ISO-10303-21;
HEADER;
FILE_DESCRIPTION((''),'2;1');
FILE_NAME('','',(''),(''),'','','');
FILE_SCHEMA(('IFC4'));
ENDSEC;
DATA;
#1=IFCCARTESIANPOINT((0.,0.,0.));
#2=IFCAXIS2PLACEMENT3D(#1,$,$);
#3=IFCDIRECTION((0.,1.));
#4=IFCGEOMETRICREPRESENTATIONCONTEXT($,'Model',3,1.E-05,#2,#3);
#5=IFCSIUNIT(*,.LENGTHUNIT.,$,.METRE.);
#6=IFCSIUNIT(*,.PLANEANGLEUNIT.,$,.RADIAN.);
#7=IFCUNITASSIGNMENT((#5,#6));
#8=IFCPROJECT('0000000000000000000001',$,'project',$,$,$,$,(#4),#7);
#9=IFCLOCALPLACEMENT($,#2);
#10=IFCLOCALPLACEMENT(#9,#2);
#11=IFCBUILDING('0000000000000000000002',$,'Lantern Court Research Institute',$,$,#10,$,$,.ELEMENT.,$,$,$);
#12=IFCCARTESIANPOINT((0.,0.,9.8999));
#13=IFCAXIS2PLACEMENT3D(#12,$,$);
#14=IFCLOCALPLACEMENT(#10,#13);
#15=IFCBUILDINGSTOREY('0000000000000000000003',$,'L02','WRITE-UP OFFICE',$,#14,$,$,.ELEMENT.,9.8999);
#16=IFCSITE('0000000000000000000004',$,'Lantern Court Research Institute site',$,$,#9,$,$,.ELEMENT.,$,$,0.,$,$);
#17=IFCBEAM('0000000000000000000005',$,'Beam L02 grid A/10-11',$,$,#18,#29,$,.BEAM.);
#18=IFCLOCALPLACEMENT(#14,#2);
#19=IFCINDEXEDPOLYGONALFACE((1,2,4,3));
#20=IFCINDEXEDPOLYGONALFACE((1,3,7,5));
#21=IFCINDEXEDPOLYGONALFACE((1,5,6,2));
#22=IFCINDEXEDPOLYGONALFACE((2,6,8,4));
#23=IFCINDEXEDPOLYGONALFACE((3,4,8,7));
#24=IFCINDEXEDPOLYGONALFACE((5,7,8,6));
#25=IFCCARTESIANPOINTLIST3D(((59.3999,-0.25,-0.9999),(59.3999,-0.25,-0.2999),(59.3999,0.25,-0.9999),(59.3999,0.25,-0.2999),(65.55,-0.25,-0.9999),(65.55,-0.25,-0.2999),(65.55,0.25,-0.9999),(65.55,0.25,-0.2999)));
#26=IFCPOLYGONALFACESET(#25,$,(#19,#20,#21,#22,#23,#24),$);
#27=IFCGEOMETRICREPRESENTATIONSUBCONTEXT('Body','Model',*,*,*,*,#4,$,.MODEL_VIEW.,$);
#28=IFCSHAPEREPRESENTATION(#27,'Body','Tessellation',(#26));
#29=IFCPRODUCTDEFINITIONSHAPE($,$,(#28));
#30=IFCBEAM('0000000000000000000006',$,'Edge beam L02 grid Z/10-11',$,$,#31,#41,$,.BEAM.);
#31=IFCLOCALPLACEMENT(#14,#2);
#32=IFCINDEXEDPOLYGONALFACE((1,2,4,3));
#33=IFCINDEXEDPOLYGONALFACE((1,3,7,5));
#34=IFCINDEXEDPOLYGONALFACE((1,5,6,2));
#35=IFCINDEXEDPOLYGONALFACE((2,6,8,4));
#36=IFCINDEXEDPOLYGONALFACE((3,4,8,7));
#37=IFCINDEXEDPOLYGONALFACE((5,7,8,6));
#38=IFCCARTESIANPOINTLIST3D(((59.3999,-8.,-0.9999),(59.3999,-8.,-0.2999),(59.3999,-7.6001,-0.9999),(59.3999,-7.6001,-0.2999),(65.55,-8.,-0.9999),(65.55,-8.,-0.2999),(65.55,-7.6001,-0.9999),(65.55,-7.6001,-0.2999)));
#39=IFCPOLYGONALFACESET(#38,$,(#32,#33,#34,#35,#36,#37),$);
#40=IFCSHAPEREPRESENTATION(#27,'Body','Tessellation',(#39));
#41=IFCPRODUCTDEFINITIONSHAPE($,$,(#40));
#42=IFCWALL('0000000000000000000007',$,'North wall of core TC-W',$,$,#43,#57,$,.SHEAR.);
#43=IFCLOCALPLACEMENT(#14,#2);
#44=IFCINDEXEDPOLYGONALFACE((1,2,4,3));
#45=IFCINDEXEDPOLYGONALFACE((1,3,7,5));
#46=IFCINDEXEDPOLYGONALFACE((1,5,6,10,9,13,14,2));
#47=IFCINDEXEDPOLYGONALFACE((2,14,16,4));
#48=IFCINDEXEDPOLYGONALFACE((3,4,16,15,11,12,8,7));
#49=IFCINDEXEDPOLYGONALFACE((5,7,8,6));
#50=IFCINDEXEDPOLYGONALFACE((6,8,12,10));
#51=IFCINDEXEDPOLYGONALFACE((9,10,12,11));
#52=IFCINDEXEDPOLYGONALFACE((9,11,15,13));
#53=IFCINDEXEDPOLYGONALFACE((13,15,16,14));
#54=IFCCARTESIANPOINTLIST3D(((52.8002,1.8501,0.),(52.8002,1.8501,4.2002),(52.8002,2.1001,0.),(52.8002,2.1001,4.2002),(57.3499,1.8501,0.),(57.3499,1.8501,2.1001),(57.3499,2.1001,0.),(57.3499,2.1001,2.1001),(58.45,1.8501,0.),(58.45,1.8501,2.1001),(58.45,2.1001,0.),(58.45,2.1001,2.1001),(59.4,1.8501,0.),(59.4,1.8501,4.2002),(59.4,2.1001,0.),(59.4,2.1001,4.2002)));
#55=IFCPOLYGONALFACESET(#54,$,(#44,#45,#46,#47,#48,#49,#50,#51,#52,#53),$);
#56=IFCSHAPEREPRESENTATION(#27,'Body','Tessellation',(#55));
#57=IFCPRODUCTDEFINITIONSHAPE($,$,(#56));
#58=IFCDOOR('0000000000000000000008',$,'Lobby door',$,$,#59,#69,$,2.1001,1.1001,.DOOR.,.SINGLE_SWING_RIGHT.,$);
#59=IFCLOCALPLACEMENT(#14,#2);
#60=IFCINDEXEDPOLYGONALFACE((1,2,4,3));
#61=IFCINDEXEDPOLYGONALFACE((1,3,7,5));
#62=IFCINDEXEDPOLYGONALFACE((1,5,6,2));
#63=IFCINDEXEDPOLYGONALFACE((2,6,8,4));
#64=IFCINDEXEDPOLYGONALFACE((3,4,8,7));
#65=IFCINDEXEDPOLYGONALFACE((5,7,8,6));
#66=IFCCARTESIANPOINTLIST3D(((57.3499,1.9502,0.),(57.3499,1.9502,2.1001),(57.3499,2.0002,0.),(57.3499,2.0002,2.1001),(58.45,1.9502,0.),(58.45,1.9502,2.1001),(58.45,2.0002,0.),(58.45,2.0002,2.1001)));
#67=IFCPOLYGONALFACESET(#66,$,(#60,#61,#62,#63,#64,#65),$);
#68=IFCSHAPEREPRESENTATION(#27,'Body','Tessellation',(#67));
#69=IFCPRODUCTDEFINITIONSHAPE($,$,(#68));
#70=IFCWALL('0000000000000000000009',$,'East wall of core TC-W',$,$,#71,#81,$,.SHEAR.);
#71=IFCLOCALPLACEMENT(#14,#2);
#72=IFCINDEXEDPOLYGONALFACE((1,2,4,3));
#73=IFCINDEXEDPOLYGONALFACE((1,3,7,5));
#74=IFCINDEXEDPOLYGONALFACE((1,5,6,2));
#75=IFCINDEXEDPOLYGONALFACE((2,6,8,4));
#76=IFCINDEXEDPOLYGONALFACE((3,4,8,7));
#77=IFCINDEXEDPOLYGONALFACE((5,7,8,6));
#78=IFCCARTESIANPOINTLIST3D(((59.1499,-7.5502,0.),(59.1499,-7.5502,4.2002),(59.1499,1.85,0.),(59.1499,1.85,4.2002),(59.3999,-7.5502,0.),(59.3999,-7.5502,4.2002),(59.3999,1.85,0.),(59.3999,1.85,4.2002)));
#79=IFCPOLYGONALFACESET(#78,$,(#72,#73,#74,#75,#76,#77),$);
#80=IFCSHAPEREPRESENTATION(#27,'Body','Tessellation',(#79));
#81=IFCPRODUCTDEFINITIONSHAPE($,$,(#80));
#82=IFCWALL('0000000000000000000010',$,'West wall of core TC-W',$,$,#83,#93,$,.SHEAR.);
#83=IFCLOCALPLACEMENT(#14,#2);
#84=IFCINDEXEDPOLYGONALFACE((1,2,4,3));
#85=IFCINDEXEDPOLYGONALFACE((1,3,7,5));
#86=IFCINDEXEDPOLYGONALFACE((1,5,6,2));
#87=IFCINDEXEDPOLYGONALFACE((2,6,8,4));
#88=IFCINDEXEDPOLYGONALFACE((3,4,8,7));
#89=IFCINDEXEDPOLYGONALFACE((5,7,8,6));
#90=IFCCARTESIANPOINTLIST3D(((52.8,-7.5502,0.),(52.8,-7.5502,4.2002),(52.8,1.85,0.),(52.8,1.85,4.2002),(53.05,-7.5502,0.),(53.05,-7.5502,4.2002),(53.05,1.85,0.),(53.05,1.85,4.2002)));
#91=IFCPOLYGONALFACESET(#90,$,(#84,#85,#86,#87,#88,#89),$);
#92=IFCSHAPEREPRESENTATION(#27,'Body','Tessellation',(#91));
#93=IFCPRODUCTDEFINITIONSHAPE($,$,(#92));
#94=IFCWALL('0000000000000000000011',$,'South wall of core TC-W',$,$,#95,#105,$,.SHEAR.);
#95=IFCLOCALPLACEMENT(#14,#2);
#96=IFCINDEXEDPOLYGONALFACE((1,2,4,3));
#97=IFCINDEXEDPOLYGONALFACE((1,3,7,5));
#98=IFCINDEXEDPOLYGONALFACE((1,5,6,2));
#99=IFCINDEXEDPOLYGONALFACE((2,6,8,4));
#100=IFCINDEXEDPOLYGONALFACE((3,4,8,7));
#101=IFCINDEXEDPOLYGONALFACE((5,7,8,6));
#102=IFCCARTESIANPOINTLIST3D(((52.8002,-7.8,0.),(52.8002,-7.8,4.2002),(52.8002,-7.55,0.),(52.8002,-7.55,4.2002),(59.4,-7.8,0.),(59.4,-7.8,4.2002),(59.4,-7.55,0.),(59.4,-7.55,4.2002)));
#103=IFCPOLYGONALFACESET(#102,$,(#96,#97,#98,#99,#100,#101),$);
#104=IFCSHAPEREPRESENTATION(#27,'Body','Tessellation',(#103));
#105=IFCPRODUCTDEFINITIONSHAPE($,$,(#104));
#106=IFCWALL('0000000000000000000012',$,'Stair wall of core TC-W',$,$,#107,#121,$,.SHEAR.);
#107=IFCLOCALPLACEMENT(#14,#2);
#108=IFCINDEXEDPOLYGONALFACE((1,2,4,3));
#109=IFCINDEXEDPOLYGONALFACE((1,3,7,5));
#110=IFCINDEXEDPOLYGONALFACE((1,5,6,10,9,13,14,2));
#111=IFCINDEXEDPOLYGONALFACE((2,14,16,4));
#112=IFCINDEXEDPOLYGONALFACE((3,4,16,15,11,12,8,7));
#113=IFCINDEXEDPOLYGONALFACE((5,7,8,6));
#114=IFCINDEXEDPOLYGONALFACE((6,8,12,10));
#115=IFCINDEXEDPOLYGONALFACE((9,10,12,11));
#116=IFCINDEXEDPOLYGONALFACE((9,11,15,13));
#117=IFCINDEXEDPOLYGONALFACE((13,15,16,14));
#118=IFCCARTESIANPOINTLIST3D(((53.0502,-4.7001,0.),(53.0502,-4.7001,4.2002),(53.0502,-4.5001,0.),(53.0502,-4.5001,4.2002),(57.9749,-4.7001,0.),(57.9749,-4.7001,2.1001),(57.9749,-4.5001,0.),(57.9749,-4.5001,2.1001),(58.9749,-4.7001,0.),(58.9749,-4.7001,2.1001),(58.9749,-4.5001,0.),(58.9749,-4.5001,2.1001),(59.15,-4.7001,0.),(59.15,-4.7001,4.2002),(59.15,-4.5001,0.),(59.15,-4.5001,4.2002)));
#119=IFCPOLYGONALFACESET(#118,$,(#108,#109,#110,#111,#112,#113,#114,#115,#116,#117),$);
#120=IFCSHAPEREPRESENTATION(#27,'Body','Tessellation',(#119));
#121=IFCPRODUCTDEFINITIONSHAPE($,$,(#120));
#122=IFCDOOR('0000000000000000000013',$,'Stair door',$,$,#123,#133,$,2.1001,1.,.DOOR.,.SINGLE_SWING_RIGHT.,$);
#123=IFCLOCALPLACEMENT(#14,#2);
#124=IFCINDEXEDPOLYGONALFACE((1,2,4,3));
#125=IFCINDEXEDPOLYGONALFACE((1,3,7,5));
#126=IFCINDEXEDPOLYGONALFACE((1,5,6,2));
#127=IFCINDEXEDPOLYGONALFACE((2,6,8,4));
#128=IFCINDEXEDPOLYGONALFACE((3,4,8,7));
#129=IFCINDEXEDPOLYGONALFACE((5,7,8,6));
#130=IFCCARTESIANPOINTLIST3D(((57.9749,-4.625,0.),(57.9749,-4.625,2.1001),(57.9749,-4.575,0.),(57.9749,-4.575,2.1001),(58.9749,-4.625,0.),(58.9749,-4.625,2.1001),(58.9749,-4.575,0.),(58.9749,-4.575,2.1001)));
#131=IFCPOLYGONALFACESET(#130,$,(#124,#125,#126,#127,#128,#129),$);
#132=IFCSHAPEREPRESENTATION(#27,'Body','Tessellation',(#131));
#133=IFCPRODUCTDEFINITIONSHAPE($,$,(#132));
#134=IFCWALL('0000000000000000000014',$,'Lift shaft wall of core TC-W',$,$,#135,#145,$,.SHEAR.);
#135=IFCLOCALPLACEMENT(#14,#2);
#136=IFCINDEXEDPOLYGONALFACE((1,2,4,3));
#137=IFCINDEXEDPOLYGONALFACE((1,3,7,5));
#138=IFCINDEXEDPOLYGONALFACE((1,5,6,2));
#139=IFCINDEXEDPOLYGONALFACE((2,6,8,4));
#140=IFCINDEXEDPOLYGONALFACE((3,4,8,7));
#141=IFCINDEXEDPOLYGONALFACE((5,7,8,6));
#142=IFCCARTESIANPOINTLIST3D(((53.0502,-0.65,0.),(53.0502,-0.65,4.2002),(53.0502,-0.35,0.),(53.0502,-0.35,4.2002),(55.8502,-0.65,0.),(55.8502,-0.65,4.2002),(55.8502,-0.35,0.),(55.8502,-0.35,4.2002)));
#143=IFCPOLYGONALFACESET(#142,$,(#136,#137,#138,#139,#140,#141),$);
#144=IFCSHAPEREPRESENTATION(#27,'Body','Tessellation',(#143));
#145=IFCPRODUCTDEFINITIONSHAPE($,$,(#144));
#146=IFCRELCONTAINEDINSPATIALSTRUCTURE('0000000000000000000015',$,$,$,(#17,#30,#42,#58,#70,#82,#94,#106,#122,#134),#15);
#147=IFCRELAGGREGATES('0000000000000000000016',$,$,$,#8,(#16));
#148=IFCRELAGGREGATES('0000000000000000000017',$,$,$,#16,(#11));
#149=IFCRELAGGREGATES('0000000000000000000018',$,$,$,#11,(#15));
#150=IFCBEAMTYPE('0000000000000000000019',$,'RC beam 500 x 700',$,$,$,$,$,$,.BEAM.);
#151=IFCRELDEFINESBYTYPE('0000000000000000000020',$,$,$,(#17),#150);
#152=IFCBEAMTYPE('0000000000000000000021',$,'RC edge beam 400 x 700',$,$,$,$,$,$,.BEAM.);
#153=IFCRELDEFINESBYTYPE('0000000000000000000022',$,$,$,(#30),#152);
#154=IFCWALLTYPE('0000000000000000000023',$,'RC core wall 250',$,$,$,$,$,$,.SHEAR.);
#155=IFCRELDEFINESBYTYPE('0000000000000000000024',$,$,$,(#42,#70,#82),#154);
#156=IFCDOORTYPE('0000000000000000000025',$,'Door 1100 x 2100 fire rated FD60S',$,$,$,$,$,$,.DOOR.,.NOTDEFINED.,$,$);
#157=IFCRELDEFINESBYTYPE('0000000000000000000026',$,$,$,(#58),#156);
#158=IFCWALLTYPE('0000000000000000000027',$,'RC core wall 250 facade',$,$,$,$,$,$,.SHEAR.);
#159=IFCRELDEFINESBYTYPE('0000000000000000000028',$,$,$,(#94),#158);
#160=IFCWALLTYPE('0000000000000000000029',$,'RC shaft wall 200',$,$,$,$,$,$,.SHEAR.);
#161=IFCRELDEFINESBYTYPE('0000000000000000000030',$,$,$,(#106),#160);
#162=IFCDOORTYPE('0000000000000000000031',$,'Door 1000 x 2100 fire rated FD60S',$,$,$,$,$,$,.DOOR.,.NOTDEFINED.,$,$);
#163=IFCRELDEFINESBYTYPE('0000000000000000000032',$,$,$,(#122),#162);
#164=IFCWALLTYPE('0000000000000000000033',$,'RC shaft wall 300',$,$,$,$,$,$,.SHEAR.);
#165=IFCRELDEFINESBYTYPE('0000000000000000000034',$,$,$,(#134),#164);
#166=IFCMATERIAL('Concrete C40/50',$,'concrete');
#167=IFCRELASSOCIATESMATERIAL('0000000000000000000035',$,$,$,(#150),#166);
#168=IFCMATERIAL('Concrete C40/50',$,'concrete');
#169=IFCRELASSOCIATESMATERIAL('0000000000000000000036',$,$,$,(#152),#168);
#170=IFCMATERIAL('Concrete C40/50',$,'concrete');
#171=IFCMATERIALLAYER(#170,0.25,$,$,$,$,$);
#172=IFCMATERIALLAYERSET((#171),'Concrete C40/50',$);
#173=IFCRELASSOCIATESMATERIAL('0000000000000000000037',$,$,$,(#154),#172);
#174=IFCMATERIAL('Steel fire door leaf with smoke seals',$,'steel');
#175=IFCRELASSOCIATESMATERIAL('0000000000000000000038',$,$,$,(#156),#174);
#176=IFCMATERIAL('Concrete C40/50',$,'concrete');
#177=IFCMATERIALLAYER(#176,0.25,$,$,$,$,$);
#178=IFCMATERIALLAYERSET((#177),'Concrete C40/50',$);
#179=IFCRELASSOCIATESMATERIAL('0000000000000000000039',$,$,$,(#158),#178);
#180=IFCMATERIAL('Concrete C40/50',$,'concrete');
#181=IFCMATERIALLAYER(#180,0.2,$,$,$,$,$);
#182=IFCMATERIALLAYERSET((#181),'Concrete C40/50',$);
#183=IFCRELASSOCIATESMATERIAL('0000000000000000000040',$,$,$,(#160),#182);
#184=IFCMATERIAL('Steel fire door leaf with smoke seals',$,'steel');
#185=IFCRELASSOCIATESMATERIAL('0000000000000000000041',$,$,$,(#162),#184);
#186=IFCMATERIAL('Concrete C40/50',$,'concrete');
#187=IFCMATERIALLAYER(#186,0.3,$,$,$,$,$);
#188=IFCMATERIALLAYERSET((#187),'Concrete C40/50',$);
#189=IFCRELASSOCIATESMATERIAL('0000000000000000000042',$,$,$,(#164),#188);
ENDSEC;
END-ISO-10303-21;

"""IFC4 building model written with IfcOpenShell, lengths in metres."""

from ifc_helpers import new_model, si_unit, direction, frame, frame_2d, origin, origin_2d, place, context, subcontext, project, spatial, rectangle, extrude, material, layer, layer_set, material_profile, profile_set, type_object, element, fill, save


model = new_model("IFC4")

# Units and contexts
model_context = context("Model", 3, precision=1e-05, world=origin(), true_north=direction((0.0, 1.0)))
body_context = subcontext(model_context, "Body", "Model", "MODEL_VIEW")
ifc_project = project(units=[si_unit("LENGTHUNIT", "METRE"), si_unit("PLANEANGLEUNIT", "RADIAN")], contexts=[model_context])

# Site, building, storey
site_placement = place(None, origin())
site = spatial("IfcSite", under=ifc_project, at=site_placement, Name="Lantern Court Research Institute site", CompositionType="ELEMENT", RefElevation=0.0)
building_placement = place(site_placement, origin())
building = spatial("IfcBuilding", under=site, at=building_placement, Name="Lantern Court Research Institute", CompositionType="ELEMENT")
storey_placement = place(building_placement, frame((0.0, 0.0, 9.8999)))
storey = spatial("IfcBuildingStorey", under=building, at=storey_placement, Name="L02", Description="WRITE-UP OFFICE", CompositionType="ELEMENT", Elevation=9.8999)

# Beams
ifc_material_1 = material(Name="Concrete C40/50", Category="concrete")
ifc_material_profile_1 = material_profile(ifc_material_1, rectangle(XDim=0.5, YDim=0.7, at=origin_2d()), Name="RC beam 500 x 700")
ifc_profile_set_1 = profile_set([ifc_material_profile_1], Name="Concrete C40/50")
beam_type_1 = type_object("IfcBeamType", Name="RC beam 500 x 700", PredefinedType="BEAM", material=ifc_profile_set_1)
beam_1_placement = place(storey_placement, frame((59.3999, 0.0, -0.6499), z_axis=(1.0, 0.0, 0.0), x_axis=(0.0, 1.0, 0.0)))
element("IfcBeam", 1, at=beam_1_placement, inside=storey, type_object=beam_type_1, Name="Beam L02 grid A/10-11", PredefinedType="BEAM", context=body_context, shape_type="SweptSolid", body=[
    extrude(rectangle(XDim=0.5, YDim=0.7, at=origin_2d()), origin(), (0.0, 0.0, 1.0), 6.1501),
])
ifc_material_2 = material(Name="Concrete C40/50", Category="concrete")
ifc_material_profile_2 = material_profile(ifc_material_2, rectangle(XDim=0.3999, YDim=0.7, at=origin_2d()), Name="RC beam 400 x 700")
ifc_profile_set_2 = profile_set([ifc_material_profile_2], Name="Concrete C40/50")
beam_type_2 = type_object("IfcBeamType", Name="RC edge beam 400 x 700", PredefinedType="BEAM", material=ifc_profile_set_2)
beam_2_placement = place(storey_placement, frame((59.3999, -7.8, -0.6499), z_axis=(1.0, 0.0, 0.0), x_axis=(0.0, 1.0, 0.0)))
element("IfcBeam", 2, at=beam_2_placement, inside=storey, type_object=beam_type_2, Name="Edge beam L02 grid Z/10-11", PredefinedType="BEAM", context=body_context, shape_type="SweptSolid", body=[
    extrude(rectangle(XDim=0.3999, YDim=0.7, at=origin_2d()), origin(), (0.0, 0.0, 1.0), 6.1501),
])

# Wall, opening, door
ifc_material_3 = material(Name="Concrete C40/50", Category="concrete")
ifc_layer_1 = layer(ifc_material_3, 0.25)
ifc_layer_set_1 = layer_set([ifc_layer_1], Name="Concrete C40/50")
wall_type_1 = type_object("IfcWallType", Name="RC core wall 250", PredefinedType="SHEAR", material=ifc_layer_set_1)
wall_1_placement = place(storey_placement, frame((59.3999, 1.9751, 0.0), z_axis=(0.0, 0.0, 1.0), x_axis=(-1.0, 0.0, 0.0)))
wall_1 = element("IfcWall", 3, at=wall_1_placement, inside=storey, type_object=wall_type_1, Name="North wall of core TC-W", PredefinedType="SHEAR", context=body_context, shape_type="SweptSolid", body=[
    extrude(rectangle(XDim=6.5999, YDim=0.25, at=frame_2d((3.2998, 0.0))), origin(), (0.0, 0.0, 1.0), 4.2002),
])
opening_1_placement = place(wall_1_placement, frame((0.95, 0.0, 0.0)))
opening_1 = element("IfcOpeningElement", 4, at=opening_1_placement, cuts=wall_1, PredefinedType="OPENING", context=body_context, shape_type="SweptSolid", body=[
    extrude(rectangle(XDim=1.1001, YDim=2.1001, at=frame_2d((0.55, 1.05))), frame((0.0, 0.135, 0.0), z_axis=(0.0, -1.0, 0.0), x_axis=(1.0, 0.0, 0.0)), (0.0, 0.0, 1.0), 0.27),
])
ifc_material_4 = material(Name="Steel fire door leaf with smoke seals", Category="steel")
door_type_1 = type_object("IfcDoorType", Name="Door 1100 x 2100 fire rated FD60S", OperationType="NOTDEFINED", PredefinedType="DOOR", material=ifc_material_4)
door_1_placement = place(opening_1_placement, origin())
door_1 = element("IfcDoor", 5, at=door_1_placement, inside=storey, type_object=door_type_1, Name="Lobby door", OperationType="SINGLE_SWING_RIGHT", OverallHeight=2.1001, OverallWidth=1.1001, PredefinedType="DOOR", context=body_context, shape_type="SweptSolid", body=[
    extrude(rectangle(XDim=1.1001, YDim=2.1001, at=frame_2d((0.55, 1.05))), frame((0.0, 0.0249, 0.0), z_axis=(0.0, -1.0, 0.0), x_axis=(1.0, 0.0, 0.0)), (0.0, 0.0, 1.0), 0.05),
])
fill(opening_1, door_1)

# Walls
for number, where, z_axis, x_axis, name in (
    (6, (59.2749, 1.8501, 0.0), (0.0, 0.0, 1.0), (0.0, -1.0, 0.0), "East wall of core TC-W"),
    (7, (52.925, 1.8501, 0.0), (0.0, 0.0, 1.0), (0.0, -1.0, 0.0), "West wall of core TC-W"),
):
    element("IfcWall", number, at=place(storey_placement, frame(where, z_axis=z_axis, x_axis=x_axis)), inside=storey, type_object=wall_type_1, Name=name, PredefinedType="SHEAR", context=body_context, shape_type="SweptSolid", body=[
        extrude(rectangle(XDim=9.4001, YDim=0.25, at=frame_2d((4.7002, 0.0))), origin(), (0.0, 0.0, 1.0), 4.2002),
    ])
ifc_material_5 = material(Name="Concrete C40/50", Category="concrete")
ifc_layer_2 = layer(ifc_material_5, 0.25)
ifc_layer_set_2 = layer_set([ifc_layer_2], Name="Concrete C40/50")
wall_type_2 = type_object("IfcWallType", Name="RC core wall 250 facade", PredefinedType="SHEAR", material=ifc_layer_set_2)
wall_2_placement = place(storey_placement, frame((59.3999, -7.675, 0.0), z_axis=(0.0, 0.0, 1.0), x_axis=(-1.0, 0.0, 0.0)))
element("IfcWall", 8, at=wall_2_placement, inside=storey, type_object=wall_type_2, Name="South wall of core TC-W", PredefinedType="SHEAR", context=body_context, shape_type="SweptSolid", body=[
    extrude(rectangle(XDim=6.5999, YDim=0.25, at=frame_2d((3.2998, 0.0))), origin(), (0.0, 0.0, 1.0), 4.2002),
])

# Wall, opening, door
ifc_material_6 = material(Name="Concrete C40/50", Category="concrete")
ifc_layer_3 = layer(ifc_material_6, 0.2)
ifc_layer_set_3 = layer_set([ifc_layer_3], Name="Concrete C40/50")
wall_type_3 = type_object("IfcWallType", Name="RC shaft wall 200", PredefinedType="SHEAR", material=ifc_layer_set_3)
wall_3_placement = place(storey_placement, frame((59.1499, -4.6001, 0.0), z_axis=(0.0, 0.0, 1.0), x_axis=(-1.0, 0.0, 0.0)))
wall_3 = element("IfcWall", 9, at=wall_3_placement, inside=storey, type_object=wall_type_3, Name="Stair wall of core TC-W", PredefinedType="SHEAR", context=body_context, shape_type="SweptSolid", body=[
    extrude(rectangle(XDim=6.0999, YDim=0.2, at=frame_2d((3.0498, 0.0))), origin(), (0.0, 0.0, 1.0), 4.2002),
])
opening_2_placement = place(wall_3_placement, frame((0.175, 0.0, 0.0)))
opening_2 = element("IfcOpeningElement", 10, at=opening_2_placement, cuts=wall_3, PredefinedType="OPENING", context=body_context, shape_type="SweptSolid", body=[
    extrude(rectangle(XDim=1.0, YDim=2.1001, at=frame_2d((0.5, 1.05))), frame((0.0, 0.1099, 0.0), z_axis=(0.0, -1.0, 0.0), x_axis=(1.0, 0.0, 0.0)), (0.0, 0.0, 1.0), 0.22),
])
ifc_material_7 = material(Name="Steel fire door leaf with smoke seals", Category="steel")
door_type_2 = type_object("IfcDoorType", Name="Door 1000 x 2100 fire rated FD60S", OperationType="NOTDEFINED", PredefinedType="DOOR", material=ifc_material_7)
door_2_placement = place(opening_2_placement, origin())
door_2 = element("IfcDoor", 11, at=door_2_placement, inside=storey, type_object=door_type_2, Name="Stair door", OperationType="SINGLE_SWING_RIGHT", OverallHeight=2.1001, OverallWidth=1.0, PredefinedType="DOOR", context=body_context, shape_type="SweptSolid", body=[
    extrude(rectangle(XDim=1.0, YDim=2.1001, at=frame_2d((0.5, 1.05))), frame((0.0, 0.0249, 0.0), z_axis=(0.0, -1.0, 0.0), x_axis=(1.0, 0.0, 0.0)), (0.0, 0.0, 1.0), 0.05),
])
fill(opening_2, door_2)

# Shared definitions
ifc_material_8 = material(Name="Concrete C40/50", Category="concrete")
ifc_layer_4 = layer(ifc_material_8, 0.3)
ifc_layer_set_4 = layer_set([ifc_layer_4], Name="Concrete C40/50")
wall_type_4 = type_object("IfcWallType", Name="RC shaft wall 300", PredefinedType="SHEAR", material=ifc_layer_set_4)

# Wall
wall_4_placement = place(storey_placement, frame((55.8501, -0.5, 0.0), z_axis=(0.0, 0.0, 1.0), x_axis=(-1.0, 0.0, 0.0)))
element("IfcWall", 12, at=wall_4_placement, inside=storey, type_object=wall_type_4, Name="Lift shaft wall of core TC-W", PredefinedType="SHEAR", context=body_context, shape_type="SweptSolid", body=[
    extrude(rectangle(XDim=2.8, YDim=0.3, at=frame_2d((1.3999, 0.0))), origin(), (0.0, 0.0, 1.0), 4.2002),
])

save(model, "model.ifc")
